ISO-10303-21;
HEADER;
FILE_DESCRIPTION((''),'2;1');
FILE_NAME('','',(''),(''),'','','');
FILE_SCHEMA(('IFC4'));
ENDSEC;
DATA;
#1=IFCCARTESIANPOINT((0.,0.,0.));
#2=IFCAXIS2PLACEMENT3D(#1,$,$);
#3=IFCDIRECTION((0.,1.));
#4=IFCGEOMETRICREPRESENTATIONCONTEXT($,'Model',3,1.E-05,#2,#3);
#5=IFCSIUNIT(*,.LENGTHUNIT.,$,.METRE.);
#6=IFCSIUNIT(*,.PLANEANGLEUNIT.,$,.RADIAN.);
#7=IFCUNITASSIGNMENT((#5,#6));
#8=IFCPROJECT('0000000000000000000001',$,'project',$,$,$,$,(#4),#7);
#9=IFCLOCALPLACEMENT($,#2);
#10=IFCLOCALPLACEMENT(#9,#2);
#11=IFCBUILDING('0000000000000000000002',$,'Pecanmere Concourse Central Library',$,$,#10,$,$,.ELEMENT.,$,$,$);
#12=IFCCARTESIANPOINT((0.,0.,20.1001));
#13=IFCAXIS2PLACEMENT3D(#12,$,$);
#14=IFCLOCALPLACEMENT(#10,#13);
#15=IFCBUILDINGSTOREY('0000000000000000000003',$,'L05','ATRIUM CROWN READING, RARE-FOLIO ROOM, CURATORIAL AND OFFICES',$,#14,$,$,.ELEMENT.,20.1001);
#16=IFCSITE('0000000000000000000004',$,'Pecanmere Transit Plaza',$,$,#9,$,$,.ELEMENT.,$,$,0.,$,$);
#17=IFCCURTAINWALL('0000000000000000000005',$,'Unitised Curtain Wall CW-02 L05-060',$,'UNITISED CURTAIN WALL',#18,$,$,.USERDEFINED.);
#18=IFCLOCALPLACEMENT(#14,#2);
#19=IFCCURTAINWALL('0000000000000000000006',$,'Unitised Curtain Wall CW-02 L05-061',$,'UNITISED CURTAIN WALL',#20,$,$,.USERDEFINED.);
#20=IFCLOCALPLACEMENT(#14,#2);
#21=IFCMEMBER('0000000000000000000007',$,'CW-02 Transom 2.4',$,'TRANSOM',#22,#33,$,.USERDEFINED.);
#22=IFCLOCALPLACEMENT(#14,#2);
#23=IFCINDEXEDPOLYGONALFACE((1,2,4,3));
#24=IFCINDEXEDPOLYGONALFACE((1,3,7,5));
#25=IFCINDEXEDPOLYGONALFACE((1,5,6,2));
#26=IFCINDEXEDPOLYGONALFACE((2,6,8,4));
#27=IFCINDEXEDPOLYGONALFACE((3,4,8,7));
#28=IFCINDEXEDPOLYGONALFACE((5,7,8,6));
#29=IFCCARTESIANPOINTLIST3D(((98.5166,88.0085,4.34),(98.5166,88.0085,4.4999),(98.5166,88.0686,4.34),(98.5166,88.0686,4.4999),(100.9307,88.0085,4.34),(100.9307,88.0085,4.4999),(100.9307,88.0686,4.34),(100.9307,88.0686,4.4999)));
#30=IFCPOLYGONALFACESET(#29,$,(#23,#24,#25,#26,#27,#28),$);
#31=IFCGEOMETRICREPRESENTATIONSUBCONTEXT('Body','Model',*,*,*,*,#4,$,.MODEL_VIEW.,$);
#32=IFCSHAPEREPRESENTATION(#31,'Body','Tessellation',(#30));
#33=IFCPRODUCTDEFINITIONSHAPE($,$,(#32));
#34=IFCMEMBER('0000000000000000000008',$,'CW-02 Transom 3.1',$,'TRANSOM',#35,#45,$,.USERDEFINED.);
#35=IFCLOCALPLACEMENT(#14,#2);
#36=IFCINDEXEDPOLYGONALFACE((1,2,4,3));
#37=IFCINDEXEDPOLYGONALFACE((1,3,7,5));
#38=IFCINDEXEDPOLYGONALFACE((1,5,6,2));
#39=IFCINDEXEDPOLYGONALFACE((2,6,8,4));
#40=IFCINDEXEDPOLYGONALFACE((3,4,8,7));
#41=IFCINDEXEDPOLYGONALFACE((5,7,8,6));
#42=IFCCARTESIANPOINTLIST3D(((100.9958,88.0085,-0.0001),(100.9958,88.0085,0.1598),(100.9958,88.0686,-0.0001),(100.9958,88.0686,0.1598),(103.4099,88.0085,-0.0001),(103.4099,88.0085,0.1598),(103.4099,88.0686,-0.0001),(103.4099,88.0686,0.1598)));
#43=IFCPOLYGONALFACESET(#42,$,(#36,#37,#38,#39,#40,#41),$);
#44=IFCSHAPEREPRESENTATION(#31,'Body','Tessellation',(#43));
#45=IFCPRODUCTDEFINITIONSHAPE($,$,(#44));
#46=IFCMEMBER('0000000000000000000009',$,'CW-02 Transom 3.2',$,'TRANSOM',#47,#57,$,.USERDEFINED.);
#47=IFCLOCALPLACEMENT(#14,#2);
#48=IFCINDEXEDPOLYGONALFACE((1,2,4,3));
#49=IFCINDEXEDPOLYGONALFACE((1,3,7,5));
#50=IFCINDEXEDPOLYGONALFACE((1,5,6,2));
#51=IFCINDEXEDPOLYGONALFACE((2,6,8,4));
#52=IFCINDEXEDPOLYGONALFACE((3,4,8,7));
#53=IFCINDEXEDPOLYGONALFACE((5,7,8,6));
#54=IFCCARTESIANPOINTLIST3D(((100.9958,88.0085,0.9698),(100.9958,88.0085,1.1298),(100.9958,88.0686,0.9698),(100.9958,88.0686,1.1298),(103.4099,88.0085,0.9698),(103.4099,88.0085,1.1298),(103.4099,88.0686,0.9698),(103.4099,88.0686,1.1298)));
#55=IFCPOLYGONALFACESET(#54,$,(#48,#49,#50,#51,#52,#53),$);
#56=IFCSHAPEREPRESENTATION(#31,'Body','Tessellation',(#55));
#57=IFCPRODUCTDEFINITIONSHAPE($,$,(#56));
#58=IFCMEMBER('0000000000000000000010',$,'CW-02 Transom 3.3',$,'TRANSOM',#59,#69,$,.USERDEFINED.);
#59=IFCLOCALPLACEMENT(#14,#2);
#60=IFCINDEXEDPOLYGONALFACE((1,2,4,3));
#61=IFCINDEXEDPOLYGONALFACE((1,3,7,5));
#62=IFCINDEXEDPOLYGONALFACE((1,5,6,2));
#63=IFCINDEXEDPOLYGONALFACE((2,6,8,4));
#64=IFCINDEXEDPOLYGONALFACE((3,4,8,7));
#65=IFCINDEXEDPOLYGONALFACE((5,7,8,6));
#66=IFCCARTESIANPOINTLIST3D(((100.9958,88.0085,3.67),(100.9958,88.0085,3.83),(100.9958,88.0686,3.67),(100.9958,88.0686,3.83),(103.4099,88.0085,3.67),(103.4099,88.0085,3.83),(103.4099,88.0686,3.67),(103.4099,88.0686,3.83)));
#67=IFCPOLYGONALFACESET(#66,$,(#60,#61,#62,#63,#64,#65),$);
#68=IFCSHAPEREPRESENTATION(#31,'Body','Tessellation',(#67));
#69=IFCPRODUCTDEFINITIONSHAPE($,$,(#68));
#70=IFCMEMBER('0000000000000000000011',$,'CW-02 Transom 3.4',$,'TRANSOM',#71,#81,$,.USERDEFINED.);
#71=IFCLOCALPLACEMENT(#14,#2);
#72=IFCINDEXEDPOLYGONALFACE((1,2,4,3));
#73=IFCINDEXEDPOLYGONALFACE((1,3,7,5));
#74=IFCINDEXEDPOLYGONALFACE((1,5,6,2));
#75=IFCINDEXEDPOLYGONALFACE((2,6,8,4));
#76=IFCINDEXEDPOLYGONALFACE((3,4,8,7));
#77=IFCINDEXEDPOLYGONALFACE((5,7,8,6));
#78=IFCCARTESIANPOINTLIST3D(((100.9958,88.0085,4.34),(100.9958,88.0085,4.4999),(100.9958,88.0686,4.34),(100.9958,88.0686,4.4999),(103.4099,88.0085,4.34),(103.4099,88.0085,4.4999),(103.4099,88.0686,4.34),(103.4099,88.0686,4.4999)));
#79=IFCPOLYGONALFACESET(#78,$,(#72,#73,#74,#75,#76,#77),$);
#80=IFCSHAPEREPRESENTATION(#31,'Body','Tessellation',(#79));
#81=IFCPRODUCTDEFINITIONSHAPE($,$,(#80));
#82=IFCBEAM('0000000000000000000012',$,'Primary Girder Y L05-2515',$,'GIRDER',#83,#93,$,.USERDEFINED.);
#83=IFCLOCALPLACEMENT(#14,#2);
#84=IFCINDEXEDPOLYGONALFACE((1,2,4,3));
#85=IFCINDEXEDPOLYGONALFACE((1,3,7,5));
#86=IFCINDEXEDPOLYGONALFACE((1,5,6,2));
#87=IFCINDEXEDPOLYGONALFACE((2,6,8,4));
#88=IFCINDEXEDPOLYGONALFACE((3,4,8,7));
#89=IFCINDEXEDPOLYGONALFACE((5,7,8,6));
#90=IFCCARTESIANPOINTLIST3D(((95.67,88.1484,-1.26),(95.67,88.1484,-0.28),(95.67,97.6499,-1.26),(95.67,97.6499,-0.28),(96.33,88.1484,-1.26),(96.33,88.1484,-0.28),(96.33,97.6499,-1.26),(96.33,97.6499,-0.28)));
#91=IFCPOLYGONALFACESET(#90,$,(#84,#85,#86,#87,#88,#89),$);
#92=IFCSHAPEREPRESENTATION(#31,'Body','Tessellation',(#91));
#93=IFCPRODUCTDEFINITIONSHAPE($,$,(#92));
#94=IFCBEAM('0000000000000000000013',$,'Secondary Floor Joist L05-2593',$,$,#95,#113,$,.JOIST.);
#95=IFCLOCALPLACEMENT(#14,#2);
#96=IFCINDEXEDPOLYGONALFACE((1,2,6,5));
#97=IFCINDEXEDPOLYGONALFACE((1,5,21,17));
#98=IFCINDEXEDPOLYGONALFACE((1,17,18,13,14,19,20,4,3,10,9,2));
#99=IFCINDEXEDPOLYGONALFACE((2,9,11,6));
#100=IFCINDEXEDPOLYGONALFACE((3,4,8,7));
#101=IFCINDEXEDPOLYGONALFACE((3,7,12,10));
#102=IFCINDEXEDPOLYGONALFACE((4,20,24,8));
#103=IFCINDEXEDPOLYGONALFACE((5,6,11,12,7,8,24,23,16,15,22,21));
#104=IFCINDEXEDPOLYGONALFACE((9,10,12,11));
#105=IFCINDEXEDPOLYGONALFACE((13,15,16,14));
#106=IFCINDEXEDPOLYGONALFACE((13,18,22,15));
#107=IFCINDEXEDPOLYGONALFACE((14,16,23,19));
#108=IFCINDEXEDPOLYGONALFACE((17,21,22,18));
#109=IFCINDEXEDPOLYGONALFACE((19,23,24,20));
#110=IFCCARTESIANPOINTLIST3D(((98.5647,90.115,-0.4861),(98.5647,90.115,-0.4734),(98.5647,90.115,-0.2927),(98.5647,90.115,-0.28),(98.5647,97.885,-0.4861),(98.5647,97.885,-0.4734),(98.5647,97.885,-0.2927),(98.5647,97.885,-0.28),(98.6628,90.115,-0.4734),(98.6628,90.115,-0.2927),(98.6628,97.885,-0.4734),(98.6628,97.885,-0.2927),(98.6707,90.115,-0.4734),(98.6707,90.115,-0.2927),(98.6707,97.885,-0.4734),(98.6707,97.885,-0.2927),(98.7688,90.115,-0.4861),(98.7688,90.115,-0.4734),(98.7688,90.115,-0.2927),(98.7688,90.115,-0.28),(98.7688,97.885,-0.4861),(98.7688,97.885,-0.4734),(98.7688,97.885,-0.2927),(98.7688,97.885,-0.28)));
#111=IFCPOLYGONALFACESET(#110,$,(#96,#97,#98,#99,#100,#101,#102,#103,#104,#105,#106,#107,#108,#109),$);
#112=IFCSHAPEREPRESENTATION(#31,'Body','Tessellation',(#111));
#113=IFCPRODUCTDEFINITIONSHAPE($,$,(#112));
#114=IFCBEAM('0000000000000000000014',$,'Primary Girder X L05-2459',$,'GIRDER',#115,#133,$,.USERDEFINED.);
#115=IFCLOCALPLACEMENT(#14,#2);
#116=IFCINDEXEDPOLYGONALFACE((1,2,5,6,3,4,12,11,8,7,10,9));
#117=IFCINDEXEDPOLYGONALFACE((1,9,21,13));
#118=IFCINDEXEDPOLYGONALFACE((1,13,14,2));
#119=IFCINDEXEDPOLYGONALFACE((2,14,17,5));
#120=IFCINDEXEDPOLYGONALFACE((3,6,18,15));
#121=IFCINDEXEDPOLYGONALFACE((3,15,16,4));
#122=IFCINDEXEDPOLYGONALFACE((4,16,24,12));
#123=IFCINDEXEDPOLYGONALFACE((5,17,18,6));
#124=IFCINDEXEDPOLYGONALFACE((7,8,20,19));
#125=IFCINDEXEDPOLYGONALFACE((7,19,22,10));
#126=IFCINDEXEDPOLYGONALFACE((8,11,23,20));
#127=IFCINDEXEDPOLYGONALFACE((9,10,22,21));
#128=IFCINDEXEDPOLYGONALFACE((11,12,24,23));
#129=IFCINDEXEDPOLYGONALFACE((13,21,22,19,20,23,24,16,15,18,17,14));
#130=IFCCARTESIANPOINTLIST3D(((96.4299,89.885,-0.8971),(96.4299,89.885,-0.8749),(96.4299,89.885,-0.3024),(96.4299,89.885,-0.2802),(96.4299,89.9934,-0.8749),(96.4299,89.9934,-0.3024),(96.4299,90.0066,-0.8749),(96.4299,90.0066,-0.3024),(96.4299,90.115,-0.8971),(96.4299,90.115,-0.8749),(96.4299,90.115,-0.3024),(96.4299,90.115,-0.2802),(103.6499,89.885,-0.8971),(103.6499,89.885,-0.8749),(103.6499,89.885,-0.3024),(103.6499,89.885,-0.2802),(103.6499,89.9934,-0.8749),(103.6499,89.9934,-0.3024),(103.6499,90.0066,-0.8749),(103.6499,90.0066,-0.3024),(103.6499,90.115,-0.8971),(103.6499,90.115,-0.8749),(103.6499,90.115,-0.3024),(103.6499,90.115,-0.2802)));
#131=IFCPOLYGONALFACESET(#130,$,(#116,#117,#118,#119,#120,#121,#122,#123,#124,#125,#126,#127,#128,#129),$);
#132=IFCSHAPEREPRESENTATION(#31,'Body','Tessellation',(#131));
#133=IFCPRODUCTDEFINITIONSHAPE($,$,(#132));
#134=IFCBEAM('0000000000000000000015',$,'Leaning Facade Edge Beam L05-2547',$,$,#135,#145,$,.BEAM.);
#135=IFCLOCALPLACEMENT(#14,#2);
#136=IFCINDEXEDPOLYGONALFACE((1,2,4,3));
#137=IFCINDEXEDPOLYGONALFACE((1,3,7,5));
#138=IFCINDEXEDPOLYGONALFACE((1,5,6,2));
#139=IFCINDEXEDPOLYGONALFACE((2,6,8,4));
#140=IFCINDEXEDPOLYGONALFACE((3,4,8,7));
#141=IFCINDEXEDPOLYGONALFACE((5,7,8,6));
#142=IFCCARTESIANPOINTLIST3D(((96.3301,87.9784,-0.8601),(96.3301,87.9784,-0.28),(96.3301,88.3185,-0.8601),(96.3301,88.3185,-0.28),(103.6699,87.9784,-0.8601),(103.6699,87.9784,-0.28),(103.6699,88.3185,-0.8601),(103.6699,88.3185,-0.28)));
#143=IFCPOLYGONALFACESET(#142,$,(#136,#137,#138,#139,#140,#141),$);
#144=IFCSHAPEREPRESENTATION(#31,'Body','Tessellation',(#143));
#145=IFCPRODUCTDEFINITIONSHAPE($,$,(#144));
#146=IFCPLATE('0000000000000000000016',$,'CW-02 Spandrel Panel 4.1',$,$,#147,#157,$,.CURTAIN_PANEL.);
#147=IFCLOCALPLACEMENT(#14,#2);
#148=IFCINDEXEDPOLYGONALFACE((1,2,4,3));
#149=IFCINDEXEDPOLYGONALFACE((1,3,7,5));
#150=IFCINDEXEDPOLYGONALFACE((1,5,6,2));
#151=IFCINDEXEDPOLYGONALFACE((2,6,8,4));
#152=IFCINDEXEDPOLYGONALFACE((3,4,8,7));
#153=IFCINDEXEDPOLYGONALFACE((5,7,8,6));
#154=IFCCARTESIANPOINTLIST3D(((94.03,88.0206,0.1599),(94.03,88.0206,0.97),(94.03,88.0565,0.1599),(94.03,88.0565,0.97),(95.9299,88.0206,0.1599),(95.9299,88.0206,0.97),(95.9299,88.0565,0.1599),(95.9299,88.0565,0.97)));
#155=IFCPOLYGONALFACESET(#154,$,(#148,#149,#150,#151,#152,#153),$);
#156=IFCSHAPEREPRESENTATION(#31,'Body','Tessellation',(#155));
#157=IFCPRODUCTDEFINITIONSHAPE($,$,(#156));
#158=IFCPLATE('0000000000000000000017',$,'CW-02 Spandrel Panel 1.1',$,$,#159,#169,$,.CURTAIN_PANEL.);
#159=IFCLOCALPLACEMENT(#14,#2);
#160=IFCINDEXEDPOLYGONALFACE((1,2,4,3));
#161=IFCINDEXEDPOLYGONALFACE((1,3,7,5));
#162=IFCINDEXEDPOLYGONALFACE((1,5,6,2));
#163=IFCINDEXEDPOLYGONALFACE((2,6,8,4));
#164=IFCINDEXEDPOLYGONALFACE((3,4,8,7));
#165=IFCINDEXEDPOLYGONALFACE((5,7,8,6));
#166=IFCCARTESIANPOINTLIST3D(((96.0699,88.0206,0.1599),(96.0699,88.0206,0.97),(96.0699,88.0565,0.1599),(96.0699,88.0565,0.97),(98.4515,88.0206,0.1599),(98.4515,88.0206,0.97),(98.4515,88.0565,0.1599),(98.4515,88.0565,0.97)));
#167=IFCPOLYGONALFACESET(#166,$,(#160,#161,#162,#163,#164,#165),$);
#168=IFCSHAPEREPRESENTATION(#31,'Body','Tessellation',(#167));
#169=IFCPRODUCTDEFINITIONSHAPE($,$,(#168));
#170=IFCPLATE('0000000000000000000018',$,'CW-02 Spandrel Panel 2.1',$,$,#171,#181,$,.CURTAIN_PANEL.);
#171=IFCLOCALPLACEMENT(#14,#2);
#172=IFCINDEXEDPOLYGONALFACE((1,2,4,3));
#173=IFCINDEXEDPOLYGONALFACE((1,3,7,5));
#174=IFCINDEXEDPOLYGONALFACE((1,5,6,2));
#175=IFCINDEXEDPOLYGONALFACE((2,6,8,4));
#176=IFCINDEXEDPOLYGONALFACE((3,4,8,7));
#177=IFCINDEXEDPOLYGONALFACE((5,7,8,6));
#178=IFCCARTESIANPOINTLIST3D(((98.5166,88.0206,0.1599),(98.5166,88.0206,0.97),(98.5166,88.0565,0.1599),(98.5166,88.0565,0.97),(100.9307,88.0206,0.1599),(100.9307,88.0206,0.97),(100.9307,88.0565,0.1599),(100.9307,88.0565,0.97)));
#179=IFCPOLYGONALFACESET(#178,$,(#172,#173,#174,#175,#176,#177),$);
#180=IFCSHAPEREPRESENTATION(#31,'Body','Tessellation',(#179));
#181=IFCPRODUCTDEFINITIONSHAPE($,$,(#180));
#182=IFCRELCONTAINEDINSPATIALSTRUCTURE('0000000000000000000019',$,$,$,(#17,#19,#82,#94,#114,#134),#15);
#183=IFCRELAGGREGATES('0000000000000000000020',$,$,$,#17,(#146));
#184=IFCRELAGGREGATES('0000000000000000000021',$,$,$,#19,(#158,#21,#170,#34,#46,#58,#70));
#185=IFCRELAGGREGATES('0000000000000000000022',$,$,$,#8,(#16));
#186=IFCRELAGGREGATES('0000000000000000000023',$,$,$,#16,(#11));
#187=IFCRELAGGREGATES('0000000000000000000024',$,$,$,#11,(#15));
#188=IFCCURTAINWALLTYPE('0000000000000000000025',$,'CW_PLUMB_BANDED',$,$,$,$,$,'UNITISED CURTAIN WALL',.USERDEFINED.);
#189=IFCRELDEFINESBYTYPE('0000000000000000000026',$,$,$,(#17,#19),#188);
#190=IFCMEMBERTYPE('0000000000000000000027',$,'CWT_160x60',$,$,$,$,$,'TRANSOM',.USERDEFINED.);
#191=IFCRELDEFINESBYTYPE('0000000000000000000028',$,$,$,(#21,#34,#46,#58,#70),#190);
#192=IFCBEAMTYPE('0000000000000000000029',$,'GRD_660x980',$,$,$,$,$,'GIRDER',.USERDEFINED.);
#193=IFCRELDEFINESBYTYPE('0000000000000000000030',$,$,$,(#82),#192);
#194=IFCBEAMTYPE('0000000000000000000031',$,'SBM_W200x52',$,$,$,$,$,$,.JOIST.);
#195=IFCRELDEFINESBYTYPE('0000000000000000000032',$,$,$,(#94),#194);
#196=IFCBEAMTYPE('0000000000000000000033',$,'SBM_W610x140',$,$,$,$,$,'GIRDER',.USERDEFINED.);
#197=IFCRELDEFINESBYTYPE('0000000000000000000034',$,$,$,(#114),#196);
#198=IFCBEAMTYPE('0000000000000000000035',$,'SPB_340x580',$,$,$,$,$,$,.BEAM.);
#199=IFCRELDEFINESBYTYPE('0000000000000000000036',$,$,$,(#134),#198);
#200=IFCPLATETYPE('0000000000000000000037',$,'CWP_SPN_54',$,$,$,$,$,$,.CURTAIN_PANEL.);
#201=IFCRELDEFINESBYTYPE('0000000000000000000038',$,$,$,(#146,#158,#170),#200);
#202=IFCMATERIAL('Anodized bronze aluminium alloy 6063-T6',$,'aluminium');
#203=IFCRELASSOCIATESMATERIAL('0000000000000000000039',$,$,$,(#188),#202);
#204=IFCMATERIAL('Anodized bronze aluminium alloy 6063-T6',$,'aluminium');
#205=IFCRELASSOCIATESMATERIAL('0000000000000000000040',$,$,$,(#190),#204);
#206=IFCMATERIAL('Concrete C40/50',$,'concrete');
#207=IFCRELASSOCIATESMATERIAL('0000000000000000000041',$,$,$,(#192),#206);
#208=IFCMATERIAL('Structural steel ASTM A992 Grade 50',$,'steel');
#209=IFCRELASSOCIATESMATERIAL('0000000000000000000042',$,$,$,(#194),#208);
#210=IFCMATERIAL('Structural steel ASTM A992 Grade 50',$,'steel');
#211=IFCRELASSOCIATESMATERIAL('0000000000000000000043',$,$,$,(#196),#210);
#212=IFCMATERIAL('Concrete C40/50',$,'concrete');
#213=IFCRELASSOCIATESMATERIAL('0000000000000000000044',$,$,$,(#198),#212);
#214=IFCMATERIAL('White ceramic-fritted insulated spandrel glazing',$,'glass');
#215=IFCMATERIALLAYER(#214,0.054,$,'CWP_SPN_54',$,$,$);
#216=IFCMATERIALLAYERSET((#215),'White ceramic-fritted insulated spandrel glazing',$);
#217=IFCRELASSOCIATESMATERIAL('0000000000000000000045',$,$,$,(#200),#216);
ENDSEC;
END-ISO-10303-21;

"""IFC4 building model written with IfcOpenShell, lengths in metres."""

from ifc_helpers import new_model, si_unit, direction, frame, origin, origin_2d, place, context, subcontext, project, spatial, rectangle, i_section, extrude, material, layer, layer_set, material_profile, profile_set, type_object, element, aggregate, save


model = new_model("IFC4")

# Units and contexts
model_context = context("Model", 3, precision=1e-05, world=origin(), true_north=direction((0.0, 1.0)))
body_context = subcontext(model_context, "Body", "Model", "MODEL_VIEW")
ifc_project = project(units=[si_unit("LENGTHUNIT", "METRE"), si_unit("PLANEANGLEUNIT", "RADIAN")], contexts=[model_context])

# Site, building, storey
site_placement = place(None, origin())
site = spatial("IfcSite", under=ifc_project, at=site_placement, Name="Pecanmere Transit Plaza", CompositionType="ELEMENT", RefElevation=0.0)
building_placement = place(site_placement, origin())
building = spatial("IfcBuilding", under=site, at=building_placement, Name="Pecanmere Concourse Central Library", CompositionType="ELEMENT")
storey_placement = place(building_placement, frame((0.0, 0.0, 20.1001)))
storey = spatial("IfcBuildingStorey", under=building, at=storey_placement, Name="L05", Description="ATRIUM CROWN READING, RARE-FOLIO ROOM, CURATORIAL AND OFFICES", CompositionType="ELEMENT", Elevation=20.1001)

# Curtain wall
ifc_material_1 = material(Name="Anodized bronze aluminium alloy 6063-T6", Category="aluminium")
curtain_wall_type = type_object("IfcCurtainWallType", Name="CW_PLUMB_BANDED", ElementType="UNITISED CURTAIN WALL", PredefinedType="USERDEFINED", material=ifc_material_1)
curtain_wall_1_placement = place(storey_placement, origin())
curtain_wall_1 = element("IfcCurtainWall", 1, at=curtain_wall_1_placement, inside=storey, type_object=curtain_wall_type, Name="Unitised Curtain Wall CW-02 L05-060", ObjectType="UNITISED CURTAIN WALL", PredefinedType="USERDEFINED")

# Curtain wall
curtain_wall_2_placement = place(storey_placement, origin())
curtain_wall_2 = element("IfcCurtainWall", 2, at=curtain_wall_2_placement, inside=storey, type_object=curtain_wall_type, Name="Unitised Curtain Wall CW-02 L05-061", ObjectType="UNITISED CURTAIN WALL", PredefinedType="USERDEFINED")

# Members
ifc_material_2 = material(Name="Anodized bronze aluminium alloy 6063-T6", Category="aluminium")
ifc_material_profile_1 = material_profile(ifc_material_2, rectangle(XDim=0.0601, YDim=0.1599, at=origin_2d()), Name="AL 60x160")
ifc_profile_set_1 = profile_set([ifc_material_profile_1], Name="Anodized bronze aluminium alloy 6063-T6")
member_type_1 = type_object("IfcMemberType", Name="CWT_160x60", ElementType="TRANSOM", PredefinedType="USERDEFINED", material=ifc_profile_set_1)
member_1_placement = place(storey_placement, frame((98.5166, 88.0386, 4.4199), z_axis=(1.0, 0.0, 0.0), x_axis=(0.0, 1.0, 0.0)))
member_1 = element("IfcMember", 3, at=member_1_placement, type_object=member_type_1, Name="CW-02 Transom 2.4", ObjectType="TRANSOM", PredefinedType="USERDEFINED", context=body_context, shape_type="SweptSolid", body=[
    extrude(rectangle(XDim=0.0601, YDim=0.1599, at=origin_2d()), origin(), (0.0, 0.0, 1.0), 2.4141),
])
member_2_placement = place(storey_placement, frame((100.9958, 88.0386, 0.0798), z_axis=(1.0, 0.0, 0.0), x_axis=(0.0, 1.0, 0.0)))
member_2 = element("IfcMember", 4, at=member_2_placement, type_object=member_type_1, Name="CW-02 Transom 3.1", ObjectType="TRANSOM", PredefinedType="USERDEFINED", context=body_context, shape_type="SweptSolid", body=[
    extrude(rectangle(XDim=0.0601, YDim=0.1599, at=origin_2d()), origin(), (0.0, 0.0, 1.0), 2.4141),
])
member_3_placement = place(storey_placement, frame((100.9958, 88.0386, 1.0498), z_axis=(1.0, 0.0, 0.0), x_axis=(0.0, 1.0, 0.0)))
member_3 = element("IfcMember", 5, at=member_3_placement, type_object=member_type_1, Name="CW-02 Transom 3.2", ObjectType="TRANSOM", PredefinedType="USERDEFINED", context=body_context, shape_type="SweptSolid", body=[
    extrude(rectangle(XDim=0.0601, YDim=0.1599, at=origin_2d()), origin(), (0.0, 0.0, 1.0), 2.4141),
])
member_4_placement = place(storey_placement, frame((100.9958, 88.0386, 3.75), z_axis=(1.0, 0.0, 0.0), x_axis=(0.0, 1.0, 0.0)))
member_4 = element("IfcMember", 6, at=member_4_placement, type_object=member_type_1, Name="CW-02 Transom 3.3", ObjectType="TRANSOM", PredefinedType="USERDEFINED", context=body_context, shape_type="SweptSolid", body=[
    extrude(rectangle(XDim=0.0601, YDim=0.1599, at=origin_2d()), origin(), (0.0, 0.0, 1.0), 2.4141),
])
member_5_placement = place(storey_placement, frame((100.9958, 88.0386, 4.4199), z_axis=(1.0, 0.0, 0.0), x_axis=(0.0, 1.0, 0.0)))
member_5 = element("IfcMember", 7, at=member_5_placement, type_object=member_type_1, Name="CW-02 Transom 3.4", ObjectType="TRANSOM", PredefinedType="USERDEFINED", context=body_context, shape_type="SweptSolid", body=[
    extrude(rectangle(XDim=0.0601, YDim=0.1599, at=origin_2d()), origin(), (0.0, 0.0, 1.0), 2.4141),
])

# Beams
ifc_material_3 = material(Name="Concrete C40/50", Category="concrete")
ifc_material_profile_2 = material_profile(ifc_material_3, rectangle(XDim=0.6599, YDim=0.98, at=origin_2d()), Name="RC 660x980")
ifc_profile_set_2 = profile_set([ifc_material_profile_2], Name="Concrete C40/50")
beam_type_1 = type_object("IfcBeamType", Name="GRD_660x980", ElementType="GIRDER", PredefinedType="USERDEFINED", material=ifc_profile_set_2)
beam_1_placement = place(storey_placement, frame((96.0, 88.1484, -0.77), z_axis=(0.0, 1.0, 0.0), x_axis=(-1.0, 0.0, 0.0)))
element("IfcBeam", 8, at=beam_1_placement, inside=storey, type_object=beam_type_1, Name="Primary Girder Y L05-2515", ObjectType="GIRDER", PredefinedType="USERDEFINED", context=body_context, shape_type="SweptSolid", body=[
    extrude(rectangle(XDim=0.6599, YDim=0.98, at=origin_2d()), origin(), (0.0, 0.0, 1.0), 9.5015),
])
ifc_material_4 = material(Name="Structural steel ASTM A992 Grade 50", Category="steel")
ifc_material_profile_3 = material_profile(ifc_material_4, i_section(OverallWidth=0.2041, OverallDepth=0.2061, WebThickness=0.0078, FlangeThickness=0.0127, at=origin_2d()), Name="W200x52")
ifc_profile_set_3 = profile_set([ifc_material_profile_3], Name="Structural steel ASTM A992 Grade 50")
beam_type_2 = type_object("IfcBeamType", Name="SBM_W200x52", PredefinedType="JOIST", material=ifc_profile_set_3)
beam_2_placement = place(storey_placement, frame((98.6667, 90.115, -0.3831), z_axis=(0.0, 1.0, 0.0), x_axis=(-1.0, 0.0, 0.0)))
element("IfcBeam", 9, at=beam_2_placement, inside=storey, type_object=beam_type_2, Name="Secondary Floor Joist L05-2593", PredefinedType="JOIST", context=body_context, shape_type="SweptSolid", body=[
    extrude(i_section(OverallWidth=0.2041, OverallDepth=0.2061, WebThickness=0.0078, FlangeThickness=0.0127, at=origin_2d()), origin(), (0.0, 0.0, 1.0), 7.77),
])
ifc_material_5 = material(Name="Structural steel ASTM A992 Grade 50", Category="steel")
ifc_material_profile_4 = material_profile(ifc_material_5, i_section(OverallWidth=0.23, OverallDepth=0.6169, WebThickness=0.0132, FlangeThickness=0.0222, at=origin_2d()), Name="W610x140")
ifc_profile_set_4 = profile_set([ifc_material_profile_4], Name="Structural steel ASTM A992 Grade 50")
beam_type_3 = type_object("IfcBeamType", Name="SBM_W610x140", ElementType="GIRDER", PredefinedType="USERDEFINED", material=ifc_profile_set_4)
beam_3_placement = place(storey_placement, frame((96.4299, 90.0, -0.5886), z_axis=(1.0, 0.0, 0.0), x_axis=(0.0, 1.0, 0.0)))
element("IfcBeam", 10, at=beam_3_placement, inside=storey, type_object=beam_type_3, Name="Primary Girder X L05-2459", ObjectType="GIRDER", PredefinedType="USERDEFINED", context=body_context, shape_type="SweptSolid", body=[
    extrude(i_section(OverallWidth=0.23, OverallDepth=0.6169, WebThickness=0.0132, FlangeThickness=0.0222, at=origin_2d()), origin(), (0.0, 0.0, 1.0), 7.22),
])
ifc_material_6 = material(Name="Concrete C40/50", Category="concrete")
ifc_material_profile_5 = material_profile(ifc_material_6, rectangle(XDim=0.3401, YDim=0.5801, at=origin_2d()), Name="RC 340x580")
ifc_profile_set_5 = profile_set([ifc_material_profile_5], Name="Concrete C40/50")
beam_type_4 = type_object("IfcBeamType", Name="SPB_340x580", PredefinedType="BEAM", material=ifc_profile_set_5)
beam_4_placement = place(storey_placement, frame((96.3301, 88.1484, -0.5701), z_axis=(1.0, 0.0, 0.0), x_axis=(0.0, 1.0, 0.0)))
element("IfcBeam", 11, at=beam_4_placement, inside=storey, type_object=beam_type_4, Name="Leaning Facade Edge Beam L05-2547", PredefinedType="BEAM", context=body_context, shape_type="SweptSolid", body=[
    extrude(rectangle(XDim=0.3401, YDim=0.5801, at=origin_2d()), origin(), (0.0, 0.0, 1.0), 7.3398),
])

# Plates
ifc_material_7 = material(Name="White ceramic-fritted insulated spandrel glazing", Category="glass")
ifc_layer_1 = layer(ifc_material_7, 0.054, Name="CWP_SPN_54")
ifc_layer_set_1 = layer_set([ifc_layer_1], Name="White ceramic-fritted insulated spandrel glazing")
plate_type_1 = type_object("IfcPlateType", Name="CWP_SPN_54", PredefinedType="CURTAIN_PANEL", material=ifc_layer_set_1)
plate_1_placement = place(storey_placement, frame((94.98, 88.0386, 0.1599), z_axis=(0.0, 0.0, 1.0), x_axis=(1.0, 0.0, 0.0)))
plate_1 = element("IfcPlate", 12, at=plate_1_placement, type_object=plate_type_1, Name="CW-02 Spandrel Panel 4.1", PredefinedType="CURTAIN_PANEL", context=body_context, shape_type="SweptSolid", body=[
    extrude(rectangle(XDim=1.8999, YDim=0.0359, at=origin_2d()), origin(), (0.0, 0.0, 1.0), 0.8101),
])
plate_2_placement = place(storey_placement, frame((97.2607, 88.0386, 0.1599), z_axis=(0.0, 0.0, 1.0), x_axis=(1.0, 0.0, 0.0)))
plate_2 = element("IfcPlate", 13, at=plate_2_placement, type_object=plate_type_1, Name="CW-02 Spandrel Panel 1.1", PredefinedType="CURTAIN_PANEL", context=body_context, shape_type="SweptSolid", body=[
    extrude(rectangle(XDim=2.3816, YDim=0.0359, at=origin_2d()), origin(), (0.0, 0.0, 1.0), 0.8101),
])
plate_3_placement = place(storey_placement, frame((99.7236, 88.0386, 0.1599), z_axis=(0.0, 0.0, 1.0), x_axis=(1.0, 0.0, 0.0)))
plate_3 = element("IfcPlate", 14, at=plate_3_placement, type_object=plate_type_1, Name="CW-02 Spandrel Panel 2.1", PredefinedType="CURTAIN_PANEL", context=body_context, shape_type="SweptSolid", body=[
    extrude(rectangle(XDim=2.4141, YDim=0.0359, at=origin_2d()), origin(), (0.0, 0.0, 1.0), 0.8101),
])
aggregate(curtain_wall_1, [plate_1])
aggregate(curtain_wall_2, [plate_2, member_1, plate_3, member_2, member_3, member_4, member_5])

save(model, "model.ifc")
